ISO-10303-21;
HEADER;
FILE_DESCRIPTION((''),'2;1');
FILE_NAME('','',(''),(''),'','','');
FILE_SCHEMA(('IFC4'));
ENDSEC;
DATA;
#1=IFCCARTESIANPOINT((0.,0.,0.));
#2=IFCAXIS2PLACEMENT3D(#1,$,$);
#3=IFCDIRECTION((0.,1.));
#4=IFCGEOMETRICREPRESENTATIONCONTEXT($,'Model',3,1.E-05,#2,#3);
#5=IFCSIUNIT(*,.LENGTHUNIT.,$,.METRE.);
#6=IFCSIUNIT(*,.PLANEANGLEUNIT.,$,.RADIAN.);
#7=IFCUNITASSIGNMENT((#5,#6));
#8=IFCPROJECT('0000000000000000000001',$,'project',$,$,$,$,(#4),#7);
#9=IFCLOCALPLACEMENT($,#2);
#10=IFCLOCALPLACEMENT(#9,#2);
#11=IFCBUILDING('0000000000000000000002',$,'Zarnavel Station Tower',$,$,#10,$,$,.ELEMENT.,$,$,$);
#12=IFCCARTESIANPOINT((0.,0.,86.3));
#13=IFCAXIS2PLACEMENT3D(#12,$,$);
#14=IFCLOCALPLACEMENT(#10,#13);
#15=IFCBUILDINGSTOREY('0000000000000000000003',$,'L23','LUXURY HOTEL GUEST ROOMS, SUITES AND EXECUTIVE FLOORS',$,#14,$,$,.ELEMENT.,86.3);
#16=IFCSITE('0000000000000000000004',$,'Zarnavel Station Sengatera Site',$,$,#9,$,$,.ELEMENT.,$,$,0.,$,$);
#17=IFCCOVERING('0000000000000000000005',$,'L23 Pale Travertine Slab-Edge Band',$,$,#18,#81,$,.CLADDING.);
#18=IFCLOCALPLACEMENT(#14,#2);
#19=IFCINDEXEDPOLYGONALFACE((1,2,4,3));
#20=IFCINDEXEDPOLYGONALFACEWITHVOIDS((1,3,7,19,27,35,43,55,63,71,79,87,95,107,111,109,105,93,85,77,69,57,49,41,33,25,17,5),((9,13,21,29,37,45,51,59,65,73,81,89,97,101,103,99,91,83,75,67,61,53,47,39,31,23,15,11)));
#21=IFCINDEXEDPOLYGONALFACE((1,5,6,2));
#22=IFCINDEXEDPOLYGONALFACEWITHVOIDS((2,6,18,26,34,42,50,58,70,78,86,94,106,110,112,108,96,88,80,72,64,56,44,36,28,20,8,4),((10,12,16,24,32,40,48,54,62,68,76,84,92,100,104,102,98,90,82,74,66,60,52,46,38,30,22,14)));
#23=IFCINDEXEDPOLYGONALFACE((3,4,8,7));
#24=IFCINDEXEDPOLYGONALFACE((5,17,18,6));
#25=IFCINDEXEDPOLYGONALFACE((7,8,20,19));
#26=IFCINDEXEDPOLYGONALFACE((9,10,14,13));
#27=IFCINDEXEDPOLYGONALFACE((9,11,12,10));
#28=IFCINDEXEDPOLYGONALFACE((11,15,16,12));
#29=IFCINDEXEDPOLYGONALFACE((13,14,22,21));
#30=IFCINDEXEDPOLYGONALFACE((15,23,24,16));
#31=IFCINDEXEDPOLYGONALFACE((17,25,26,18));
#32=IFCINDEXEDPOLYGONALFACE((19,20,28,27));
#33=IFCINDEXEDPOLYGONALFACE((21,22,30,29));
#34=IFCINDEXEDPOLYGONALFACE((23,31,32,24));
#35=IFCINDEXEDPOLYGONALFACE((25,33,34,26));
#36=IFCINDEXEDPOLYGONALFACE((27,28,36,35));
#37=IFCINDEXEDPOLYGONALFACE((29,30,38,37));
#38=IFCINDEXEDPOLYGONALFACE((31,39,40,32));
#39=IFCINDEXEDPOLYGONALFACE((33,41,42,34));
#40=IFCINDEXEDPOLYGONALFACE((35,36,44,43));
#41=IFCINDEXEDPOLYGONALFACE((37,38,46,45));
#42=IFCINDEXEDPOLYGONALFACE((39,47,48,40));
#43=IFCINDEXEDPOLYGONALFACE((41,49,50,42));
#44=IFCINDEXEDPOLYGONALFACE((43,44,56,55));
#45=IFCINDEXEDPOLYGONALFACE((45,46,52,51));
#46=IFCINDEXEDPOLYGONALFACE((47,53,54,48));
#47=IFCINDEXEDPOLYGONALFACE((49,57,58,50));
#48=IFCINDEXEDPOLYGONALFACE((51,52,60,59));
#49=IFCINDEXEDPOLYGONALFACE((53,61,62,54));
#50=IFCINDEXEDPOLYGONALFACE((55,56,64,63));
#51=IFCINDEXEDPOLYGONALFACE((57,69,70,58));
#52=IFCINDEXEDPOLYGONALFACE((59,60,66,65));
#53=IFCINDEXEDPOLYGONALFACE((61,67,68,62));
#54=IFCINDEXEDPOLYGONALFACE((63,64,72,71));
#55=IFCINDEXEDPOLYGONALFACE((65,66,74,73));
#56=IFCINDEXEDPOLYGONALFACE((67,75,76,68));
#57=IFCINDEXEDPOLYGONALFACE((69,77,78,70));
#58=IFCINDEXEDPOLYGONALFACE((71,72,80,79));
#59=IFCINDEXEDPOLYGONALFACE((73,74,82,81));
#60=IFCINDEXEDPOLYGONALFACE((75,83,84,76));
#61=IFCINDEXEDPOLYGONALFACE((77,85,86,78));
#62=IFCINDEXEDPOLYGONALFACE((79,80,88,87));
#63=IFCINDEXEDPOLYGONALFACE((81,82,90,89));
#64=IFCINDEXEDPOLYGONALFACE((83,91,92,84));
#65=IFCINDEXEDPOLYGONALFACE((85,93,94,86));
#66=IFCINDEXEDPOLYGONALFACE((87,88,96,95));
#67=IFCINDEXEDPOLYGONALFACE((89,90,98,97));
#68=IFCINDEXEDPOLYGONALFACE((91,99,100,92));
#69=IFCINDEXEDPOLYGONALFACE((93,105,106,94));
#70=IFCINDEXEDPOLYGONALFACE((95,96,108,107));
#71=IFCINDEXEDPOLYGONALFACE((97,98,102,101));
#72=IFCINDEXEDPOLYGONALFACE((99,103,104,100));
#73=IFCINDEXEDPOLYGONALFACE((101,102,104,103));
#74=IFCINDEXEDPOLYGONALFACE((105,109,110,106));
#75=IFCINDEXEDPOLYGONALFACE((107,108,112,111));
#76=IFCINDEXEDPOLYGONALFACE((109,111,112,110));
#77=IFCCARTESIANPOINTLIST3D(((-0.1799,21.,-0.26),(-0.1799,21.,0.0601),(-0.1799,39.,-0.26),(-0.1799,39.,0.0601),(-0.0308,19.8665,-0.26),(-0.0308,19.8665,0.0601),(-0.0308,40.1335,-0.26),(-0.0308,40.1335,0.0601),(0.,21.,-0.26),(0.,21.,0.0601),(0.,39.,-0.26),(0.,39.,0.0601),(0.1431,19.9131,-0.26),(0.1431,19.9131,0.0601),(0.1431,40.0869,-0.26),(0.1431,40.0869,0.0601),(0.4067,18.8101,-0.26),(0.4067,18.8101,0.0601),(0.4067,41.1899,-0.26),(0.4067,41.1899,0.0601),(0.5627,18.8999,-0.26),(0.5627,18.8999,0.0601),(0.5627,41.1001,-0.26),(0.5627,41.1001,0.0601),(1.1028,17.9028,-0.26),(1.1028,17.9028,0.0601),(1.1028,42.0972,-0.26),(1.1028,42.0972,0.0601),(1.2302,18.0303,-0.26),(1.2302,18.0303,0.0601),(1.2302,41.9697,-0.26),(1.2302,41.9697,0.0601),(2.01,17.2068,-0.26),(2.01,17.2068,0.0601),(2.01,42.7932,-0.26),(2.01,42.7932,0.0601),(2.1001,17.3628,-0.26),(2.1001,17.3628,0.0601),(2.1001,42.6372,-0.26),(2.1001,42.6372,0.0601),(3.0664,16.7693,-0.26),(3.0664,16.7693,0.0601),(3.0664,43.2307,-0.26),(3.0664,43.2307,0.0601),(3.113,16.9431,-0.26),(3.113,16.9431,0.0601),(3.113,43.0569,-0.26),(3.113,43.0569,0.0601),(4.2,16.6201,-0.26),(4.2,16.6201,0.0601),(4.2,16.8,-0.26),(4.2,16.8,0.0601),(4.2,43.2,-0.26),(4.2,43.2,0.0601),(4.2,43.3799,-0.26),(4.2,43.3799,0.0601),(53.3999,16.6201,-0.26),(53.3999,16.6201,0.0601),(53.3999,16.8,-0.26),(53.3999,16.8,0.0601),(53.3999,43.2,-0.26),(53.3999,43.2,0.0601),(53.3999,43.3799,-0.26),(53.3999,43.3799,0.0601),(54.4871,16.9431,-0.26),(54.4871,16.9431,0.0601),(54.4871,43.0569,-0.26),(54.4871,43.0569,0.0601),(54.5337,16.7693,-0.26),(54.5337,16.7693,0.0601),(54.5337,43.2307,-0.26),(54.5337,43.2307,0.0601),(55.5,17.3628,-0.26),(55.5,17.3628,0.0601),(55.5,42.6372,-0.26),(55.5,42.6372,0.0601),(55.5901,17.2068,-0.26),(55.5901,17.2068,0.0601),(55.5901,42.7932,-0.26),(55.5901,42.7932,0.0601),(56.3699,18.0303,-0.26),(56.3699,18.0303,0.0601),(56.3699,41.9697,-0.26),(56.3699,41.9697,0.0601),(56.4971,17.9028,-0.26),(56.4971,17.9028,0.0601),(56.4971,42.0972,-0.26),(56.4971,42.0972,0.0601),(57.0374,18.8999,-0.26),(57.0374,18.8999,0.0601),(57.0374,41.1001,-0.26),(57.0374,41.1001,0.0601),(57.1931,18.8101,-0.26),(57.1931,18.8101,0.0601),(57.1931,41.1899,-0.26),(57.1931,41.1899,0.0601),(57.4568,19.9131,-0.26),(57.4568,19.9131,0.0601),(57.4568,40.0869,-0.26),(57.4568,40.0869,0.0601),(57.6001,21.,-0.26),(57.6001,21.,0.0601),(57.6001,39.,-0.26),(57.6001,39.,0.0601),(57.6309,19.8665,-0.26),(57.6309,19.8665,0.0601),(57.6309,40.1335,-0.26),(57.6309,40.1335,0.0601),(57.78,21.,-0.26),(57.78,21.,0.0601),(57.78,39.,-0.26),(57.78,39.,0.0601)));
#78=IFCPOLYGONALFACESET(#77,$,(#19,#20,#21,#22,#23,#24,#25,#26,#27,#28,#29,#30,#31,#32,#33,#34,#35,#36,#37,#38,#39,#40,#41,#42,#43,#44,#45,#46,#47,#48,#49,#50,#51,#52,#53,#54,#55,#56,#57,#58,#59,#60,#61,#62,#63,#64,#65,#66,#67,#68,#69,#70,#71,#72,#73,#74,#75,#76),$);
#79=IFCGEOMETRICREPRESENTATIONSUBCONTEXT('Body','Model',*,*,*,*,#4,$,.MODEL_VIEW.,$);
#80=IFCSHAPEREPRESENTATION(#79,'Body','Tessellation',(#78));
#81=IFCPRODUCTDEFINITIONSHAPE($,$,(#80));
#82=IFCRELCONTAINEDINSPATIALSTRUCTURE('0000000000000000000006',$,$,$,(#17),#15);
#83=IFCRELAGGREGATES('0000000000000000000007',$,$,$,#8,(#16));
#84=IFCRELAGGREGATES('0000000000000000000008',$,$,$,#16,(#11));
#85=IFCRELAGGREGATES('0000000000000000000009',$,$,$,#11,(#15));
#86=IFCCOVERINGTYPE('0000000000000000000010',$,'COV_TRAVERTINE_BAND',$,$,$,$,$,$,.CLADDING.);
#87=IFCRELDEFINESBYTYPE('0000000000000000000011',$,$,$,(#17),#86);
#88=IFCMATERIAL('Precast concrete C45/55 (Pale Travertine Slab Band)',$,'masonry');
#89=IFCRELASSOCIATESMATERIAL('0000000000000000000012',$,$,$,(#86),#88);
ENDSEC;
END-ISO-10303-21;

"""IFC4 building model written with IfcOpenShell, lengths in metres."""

from ifc_helpers import new_model, si_unit, direction, frame, origin, place, context, subcontext, project, spatial, polyline, outline, extrude, material, type_object, element, save


model = new_model("IFC4")

# Units and contexts
model_context = context("Model", 3, precision=1e-05, world=origin(), true_north=direction((0.0, 1.0)))
body_context = subcontext(model_context, "Body", "Model", "MODEL_VIEW")
ifc_project = project(units=[si_unit("LENGTHUNIT", "METRE"), si_unit("PLANEANGLEUNIT", "RADIAN")], contexts=[model_context])

# Site, building, storey
site_placement = place(None, origin())
site = spatial("IfcSite", under=ifc_project, at=site_placement, Name="Zarnavel Station Sengatera Site", CompositionType="ELEMENT", RefElevation=0.0)
building_placement = place(site_placement, origin())
building = spatial("IfcBuilding", under=site, at=building_placement, Name="Zarnavel Station Tower", CompositionType="ELEMENT")
storey_placement = place(building_placement, frame((0.0, 0.0, 86.3)))
storey = spatial("IfcBuildingStorey", under=building, at=storey_placement, Name="L23", Description="LUXURY HOTEL GUEST ROOMS, SUITES AND EXECUTIVE FLOORS", CompositionType="ELEMENT", Elevation=86.3)

# Covering
ifc_material_1 = material(Name="Precast concrete C45/55 (Pale Travertine Slab Band)", Category="masonry")
covering_type_1 = type_object("IfcCoveringType", Name="COV_TRAVERTINE_BAND", PredefinedType="CLADDING", material=ifc_material_1)
covering_1_placement = place(storey_placement, frame((0.0, 0.0, -0.26)))
element("IfcCovering", 1, at=covering_1_placement, inside=storey, type_object=covering_type_1, Name="L23 Pale Travertine Slab-Edge Band", PredefinedType="CLADDING", context=body_context, shape_type="SweptSolid", body=[
    extrude(outline(polyline([(53.3999, 16.6201), (54.5337, 16.7693), (55.5901, 17.2068), (56.4971, 17.9028), (57.1931, 18.8101), (57.6309, 19.8665), (57.78, 21.0), (57.78, 39.0), (57.6309, 40.1335), (57.1931, 41.1899), (56.4971, 42.0972), (55.5901, 42.7932), (54.5337, 43.2307), (53.3999, 43.3799), (4.2, 43.3799), (3.0664, 43.2307), (2.01, 42.7932), (1.1028, 42.0972), (0.4067, 41.1899), (-0.0308, 40.1335), (-0.1799, 39.0), (-0.1799, 21.0), (-0.0308, 19.8665), (0.4067, 18.8101), (1.1028, 17.9028), (2.01, 17.2068), (3.0664, 16.7693), (4.2, 16.6201), (53.3999, 16.6201)]), holes=[polyline([(53.3999, 16.8), (54.4871, 16.9431), (55.5, 17.3628), (56.3699, 18.0303), (57.0374, 18.8999), (57.4568, 19.9131), (57.6001, 21.0), (57.6001, 39.0), (57.4568, 40.0869), (57.0374, 41.1001), (56.3699, 41.9697), (55.5, 42.6372), (54.4871, 43.0569), (53.3999, 43.2), (4.2, 43.2), (3.113, 43.0569), (2.1001, 42.6372), (1.2302, 41.9697), (0.5627, 41.1001), (0.1431, 40.0869), (0.0, 39.0), (0.0, 21.0), (0.1431, 19.9131), (0.5627, 18.8999), (1.2302, 18.0303), (2.1001, 17.3628), (3.113, 16.9431), (4.2, 16.8), (53.3999, 16.8)])]), origin(), (0.0, 0.0, 1.0), 0.3201),
])

save(model, "model.ifc")
